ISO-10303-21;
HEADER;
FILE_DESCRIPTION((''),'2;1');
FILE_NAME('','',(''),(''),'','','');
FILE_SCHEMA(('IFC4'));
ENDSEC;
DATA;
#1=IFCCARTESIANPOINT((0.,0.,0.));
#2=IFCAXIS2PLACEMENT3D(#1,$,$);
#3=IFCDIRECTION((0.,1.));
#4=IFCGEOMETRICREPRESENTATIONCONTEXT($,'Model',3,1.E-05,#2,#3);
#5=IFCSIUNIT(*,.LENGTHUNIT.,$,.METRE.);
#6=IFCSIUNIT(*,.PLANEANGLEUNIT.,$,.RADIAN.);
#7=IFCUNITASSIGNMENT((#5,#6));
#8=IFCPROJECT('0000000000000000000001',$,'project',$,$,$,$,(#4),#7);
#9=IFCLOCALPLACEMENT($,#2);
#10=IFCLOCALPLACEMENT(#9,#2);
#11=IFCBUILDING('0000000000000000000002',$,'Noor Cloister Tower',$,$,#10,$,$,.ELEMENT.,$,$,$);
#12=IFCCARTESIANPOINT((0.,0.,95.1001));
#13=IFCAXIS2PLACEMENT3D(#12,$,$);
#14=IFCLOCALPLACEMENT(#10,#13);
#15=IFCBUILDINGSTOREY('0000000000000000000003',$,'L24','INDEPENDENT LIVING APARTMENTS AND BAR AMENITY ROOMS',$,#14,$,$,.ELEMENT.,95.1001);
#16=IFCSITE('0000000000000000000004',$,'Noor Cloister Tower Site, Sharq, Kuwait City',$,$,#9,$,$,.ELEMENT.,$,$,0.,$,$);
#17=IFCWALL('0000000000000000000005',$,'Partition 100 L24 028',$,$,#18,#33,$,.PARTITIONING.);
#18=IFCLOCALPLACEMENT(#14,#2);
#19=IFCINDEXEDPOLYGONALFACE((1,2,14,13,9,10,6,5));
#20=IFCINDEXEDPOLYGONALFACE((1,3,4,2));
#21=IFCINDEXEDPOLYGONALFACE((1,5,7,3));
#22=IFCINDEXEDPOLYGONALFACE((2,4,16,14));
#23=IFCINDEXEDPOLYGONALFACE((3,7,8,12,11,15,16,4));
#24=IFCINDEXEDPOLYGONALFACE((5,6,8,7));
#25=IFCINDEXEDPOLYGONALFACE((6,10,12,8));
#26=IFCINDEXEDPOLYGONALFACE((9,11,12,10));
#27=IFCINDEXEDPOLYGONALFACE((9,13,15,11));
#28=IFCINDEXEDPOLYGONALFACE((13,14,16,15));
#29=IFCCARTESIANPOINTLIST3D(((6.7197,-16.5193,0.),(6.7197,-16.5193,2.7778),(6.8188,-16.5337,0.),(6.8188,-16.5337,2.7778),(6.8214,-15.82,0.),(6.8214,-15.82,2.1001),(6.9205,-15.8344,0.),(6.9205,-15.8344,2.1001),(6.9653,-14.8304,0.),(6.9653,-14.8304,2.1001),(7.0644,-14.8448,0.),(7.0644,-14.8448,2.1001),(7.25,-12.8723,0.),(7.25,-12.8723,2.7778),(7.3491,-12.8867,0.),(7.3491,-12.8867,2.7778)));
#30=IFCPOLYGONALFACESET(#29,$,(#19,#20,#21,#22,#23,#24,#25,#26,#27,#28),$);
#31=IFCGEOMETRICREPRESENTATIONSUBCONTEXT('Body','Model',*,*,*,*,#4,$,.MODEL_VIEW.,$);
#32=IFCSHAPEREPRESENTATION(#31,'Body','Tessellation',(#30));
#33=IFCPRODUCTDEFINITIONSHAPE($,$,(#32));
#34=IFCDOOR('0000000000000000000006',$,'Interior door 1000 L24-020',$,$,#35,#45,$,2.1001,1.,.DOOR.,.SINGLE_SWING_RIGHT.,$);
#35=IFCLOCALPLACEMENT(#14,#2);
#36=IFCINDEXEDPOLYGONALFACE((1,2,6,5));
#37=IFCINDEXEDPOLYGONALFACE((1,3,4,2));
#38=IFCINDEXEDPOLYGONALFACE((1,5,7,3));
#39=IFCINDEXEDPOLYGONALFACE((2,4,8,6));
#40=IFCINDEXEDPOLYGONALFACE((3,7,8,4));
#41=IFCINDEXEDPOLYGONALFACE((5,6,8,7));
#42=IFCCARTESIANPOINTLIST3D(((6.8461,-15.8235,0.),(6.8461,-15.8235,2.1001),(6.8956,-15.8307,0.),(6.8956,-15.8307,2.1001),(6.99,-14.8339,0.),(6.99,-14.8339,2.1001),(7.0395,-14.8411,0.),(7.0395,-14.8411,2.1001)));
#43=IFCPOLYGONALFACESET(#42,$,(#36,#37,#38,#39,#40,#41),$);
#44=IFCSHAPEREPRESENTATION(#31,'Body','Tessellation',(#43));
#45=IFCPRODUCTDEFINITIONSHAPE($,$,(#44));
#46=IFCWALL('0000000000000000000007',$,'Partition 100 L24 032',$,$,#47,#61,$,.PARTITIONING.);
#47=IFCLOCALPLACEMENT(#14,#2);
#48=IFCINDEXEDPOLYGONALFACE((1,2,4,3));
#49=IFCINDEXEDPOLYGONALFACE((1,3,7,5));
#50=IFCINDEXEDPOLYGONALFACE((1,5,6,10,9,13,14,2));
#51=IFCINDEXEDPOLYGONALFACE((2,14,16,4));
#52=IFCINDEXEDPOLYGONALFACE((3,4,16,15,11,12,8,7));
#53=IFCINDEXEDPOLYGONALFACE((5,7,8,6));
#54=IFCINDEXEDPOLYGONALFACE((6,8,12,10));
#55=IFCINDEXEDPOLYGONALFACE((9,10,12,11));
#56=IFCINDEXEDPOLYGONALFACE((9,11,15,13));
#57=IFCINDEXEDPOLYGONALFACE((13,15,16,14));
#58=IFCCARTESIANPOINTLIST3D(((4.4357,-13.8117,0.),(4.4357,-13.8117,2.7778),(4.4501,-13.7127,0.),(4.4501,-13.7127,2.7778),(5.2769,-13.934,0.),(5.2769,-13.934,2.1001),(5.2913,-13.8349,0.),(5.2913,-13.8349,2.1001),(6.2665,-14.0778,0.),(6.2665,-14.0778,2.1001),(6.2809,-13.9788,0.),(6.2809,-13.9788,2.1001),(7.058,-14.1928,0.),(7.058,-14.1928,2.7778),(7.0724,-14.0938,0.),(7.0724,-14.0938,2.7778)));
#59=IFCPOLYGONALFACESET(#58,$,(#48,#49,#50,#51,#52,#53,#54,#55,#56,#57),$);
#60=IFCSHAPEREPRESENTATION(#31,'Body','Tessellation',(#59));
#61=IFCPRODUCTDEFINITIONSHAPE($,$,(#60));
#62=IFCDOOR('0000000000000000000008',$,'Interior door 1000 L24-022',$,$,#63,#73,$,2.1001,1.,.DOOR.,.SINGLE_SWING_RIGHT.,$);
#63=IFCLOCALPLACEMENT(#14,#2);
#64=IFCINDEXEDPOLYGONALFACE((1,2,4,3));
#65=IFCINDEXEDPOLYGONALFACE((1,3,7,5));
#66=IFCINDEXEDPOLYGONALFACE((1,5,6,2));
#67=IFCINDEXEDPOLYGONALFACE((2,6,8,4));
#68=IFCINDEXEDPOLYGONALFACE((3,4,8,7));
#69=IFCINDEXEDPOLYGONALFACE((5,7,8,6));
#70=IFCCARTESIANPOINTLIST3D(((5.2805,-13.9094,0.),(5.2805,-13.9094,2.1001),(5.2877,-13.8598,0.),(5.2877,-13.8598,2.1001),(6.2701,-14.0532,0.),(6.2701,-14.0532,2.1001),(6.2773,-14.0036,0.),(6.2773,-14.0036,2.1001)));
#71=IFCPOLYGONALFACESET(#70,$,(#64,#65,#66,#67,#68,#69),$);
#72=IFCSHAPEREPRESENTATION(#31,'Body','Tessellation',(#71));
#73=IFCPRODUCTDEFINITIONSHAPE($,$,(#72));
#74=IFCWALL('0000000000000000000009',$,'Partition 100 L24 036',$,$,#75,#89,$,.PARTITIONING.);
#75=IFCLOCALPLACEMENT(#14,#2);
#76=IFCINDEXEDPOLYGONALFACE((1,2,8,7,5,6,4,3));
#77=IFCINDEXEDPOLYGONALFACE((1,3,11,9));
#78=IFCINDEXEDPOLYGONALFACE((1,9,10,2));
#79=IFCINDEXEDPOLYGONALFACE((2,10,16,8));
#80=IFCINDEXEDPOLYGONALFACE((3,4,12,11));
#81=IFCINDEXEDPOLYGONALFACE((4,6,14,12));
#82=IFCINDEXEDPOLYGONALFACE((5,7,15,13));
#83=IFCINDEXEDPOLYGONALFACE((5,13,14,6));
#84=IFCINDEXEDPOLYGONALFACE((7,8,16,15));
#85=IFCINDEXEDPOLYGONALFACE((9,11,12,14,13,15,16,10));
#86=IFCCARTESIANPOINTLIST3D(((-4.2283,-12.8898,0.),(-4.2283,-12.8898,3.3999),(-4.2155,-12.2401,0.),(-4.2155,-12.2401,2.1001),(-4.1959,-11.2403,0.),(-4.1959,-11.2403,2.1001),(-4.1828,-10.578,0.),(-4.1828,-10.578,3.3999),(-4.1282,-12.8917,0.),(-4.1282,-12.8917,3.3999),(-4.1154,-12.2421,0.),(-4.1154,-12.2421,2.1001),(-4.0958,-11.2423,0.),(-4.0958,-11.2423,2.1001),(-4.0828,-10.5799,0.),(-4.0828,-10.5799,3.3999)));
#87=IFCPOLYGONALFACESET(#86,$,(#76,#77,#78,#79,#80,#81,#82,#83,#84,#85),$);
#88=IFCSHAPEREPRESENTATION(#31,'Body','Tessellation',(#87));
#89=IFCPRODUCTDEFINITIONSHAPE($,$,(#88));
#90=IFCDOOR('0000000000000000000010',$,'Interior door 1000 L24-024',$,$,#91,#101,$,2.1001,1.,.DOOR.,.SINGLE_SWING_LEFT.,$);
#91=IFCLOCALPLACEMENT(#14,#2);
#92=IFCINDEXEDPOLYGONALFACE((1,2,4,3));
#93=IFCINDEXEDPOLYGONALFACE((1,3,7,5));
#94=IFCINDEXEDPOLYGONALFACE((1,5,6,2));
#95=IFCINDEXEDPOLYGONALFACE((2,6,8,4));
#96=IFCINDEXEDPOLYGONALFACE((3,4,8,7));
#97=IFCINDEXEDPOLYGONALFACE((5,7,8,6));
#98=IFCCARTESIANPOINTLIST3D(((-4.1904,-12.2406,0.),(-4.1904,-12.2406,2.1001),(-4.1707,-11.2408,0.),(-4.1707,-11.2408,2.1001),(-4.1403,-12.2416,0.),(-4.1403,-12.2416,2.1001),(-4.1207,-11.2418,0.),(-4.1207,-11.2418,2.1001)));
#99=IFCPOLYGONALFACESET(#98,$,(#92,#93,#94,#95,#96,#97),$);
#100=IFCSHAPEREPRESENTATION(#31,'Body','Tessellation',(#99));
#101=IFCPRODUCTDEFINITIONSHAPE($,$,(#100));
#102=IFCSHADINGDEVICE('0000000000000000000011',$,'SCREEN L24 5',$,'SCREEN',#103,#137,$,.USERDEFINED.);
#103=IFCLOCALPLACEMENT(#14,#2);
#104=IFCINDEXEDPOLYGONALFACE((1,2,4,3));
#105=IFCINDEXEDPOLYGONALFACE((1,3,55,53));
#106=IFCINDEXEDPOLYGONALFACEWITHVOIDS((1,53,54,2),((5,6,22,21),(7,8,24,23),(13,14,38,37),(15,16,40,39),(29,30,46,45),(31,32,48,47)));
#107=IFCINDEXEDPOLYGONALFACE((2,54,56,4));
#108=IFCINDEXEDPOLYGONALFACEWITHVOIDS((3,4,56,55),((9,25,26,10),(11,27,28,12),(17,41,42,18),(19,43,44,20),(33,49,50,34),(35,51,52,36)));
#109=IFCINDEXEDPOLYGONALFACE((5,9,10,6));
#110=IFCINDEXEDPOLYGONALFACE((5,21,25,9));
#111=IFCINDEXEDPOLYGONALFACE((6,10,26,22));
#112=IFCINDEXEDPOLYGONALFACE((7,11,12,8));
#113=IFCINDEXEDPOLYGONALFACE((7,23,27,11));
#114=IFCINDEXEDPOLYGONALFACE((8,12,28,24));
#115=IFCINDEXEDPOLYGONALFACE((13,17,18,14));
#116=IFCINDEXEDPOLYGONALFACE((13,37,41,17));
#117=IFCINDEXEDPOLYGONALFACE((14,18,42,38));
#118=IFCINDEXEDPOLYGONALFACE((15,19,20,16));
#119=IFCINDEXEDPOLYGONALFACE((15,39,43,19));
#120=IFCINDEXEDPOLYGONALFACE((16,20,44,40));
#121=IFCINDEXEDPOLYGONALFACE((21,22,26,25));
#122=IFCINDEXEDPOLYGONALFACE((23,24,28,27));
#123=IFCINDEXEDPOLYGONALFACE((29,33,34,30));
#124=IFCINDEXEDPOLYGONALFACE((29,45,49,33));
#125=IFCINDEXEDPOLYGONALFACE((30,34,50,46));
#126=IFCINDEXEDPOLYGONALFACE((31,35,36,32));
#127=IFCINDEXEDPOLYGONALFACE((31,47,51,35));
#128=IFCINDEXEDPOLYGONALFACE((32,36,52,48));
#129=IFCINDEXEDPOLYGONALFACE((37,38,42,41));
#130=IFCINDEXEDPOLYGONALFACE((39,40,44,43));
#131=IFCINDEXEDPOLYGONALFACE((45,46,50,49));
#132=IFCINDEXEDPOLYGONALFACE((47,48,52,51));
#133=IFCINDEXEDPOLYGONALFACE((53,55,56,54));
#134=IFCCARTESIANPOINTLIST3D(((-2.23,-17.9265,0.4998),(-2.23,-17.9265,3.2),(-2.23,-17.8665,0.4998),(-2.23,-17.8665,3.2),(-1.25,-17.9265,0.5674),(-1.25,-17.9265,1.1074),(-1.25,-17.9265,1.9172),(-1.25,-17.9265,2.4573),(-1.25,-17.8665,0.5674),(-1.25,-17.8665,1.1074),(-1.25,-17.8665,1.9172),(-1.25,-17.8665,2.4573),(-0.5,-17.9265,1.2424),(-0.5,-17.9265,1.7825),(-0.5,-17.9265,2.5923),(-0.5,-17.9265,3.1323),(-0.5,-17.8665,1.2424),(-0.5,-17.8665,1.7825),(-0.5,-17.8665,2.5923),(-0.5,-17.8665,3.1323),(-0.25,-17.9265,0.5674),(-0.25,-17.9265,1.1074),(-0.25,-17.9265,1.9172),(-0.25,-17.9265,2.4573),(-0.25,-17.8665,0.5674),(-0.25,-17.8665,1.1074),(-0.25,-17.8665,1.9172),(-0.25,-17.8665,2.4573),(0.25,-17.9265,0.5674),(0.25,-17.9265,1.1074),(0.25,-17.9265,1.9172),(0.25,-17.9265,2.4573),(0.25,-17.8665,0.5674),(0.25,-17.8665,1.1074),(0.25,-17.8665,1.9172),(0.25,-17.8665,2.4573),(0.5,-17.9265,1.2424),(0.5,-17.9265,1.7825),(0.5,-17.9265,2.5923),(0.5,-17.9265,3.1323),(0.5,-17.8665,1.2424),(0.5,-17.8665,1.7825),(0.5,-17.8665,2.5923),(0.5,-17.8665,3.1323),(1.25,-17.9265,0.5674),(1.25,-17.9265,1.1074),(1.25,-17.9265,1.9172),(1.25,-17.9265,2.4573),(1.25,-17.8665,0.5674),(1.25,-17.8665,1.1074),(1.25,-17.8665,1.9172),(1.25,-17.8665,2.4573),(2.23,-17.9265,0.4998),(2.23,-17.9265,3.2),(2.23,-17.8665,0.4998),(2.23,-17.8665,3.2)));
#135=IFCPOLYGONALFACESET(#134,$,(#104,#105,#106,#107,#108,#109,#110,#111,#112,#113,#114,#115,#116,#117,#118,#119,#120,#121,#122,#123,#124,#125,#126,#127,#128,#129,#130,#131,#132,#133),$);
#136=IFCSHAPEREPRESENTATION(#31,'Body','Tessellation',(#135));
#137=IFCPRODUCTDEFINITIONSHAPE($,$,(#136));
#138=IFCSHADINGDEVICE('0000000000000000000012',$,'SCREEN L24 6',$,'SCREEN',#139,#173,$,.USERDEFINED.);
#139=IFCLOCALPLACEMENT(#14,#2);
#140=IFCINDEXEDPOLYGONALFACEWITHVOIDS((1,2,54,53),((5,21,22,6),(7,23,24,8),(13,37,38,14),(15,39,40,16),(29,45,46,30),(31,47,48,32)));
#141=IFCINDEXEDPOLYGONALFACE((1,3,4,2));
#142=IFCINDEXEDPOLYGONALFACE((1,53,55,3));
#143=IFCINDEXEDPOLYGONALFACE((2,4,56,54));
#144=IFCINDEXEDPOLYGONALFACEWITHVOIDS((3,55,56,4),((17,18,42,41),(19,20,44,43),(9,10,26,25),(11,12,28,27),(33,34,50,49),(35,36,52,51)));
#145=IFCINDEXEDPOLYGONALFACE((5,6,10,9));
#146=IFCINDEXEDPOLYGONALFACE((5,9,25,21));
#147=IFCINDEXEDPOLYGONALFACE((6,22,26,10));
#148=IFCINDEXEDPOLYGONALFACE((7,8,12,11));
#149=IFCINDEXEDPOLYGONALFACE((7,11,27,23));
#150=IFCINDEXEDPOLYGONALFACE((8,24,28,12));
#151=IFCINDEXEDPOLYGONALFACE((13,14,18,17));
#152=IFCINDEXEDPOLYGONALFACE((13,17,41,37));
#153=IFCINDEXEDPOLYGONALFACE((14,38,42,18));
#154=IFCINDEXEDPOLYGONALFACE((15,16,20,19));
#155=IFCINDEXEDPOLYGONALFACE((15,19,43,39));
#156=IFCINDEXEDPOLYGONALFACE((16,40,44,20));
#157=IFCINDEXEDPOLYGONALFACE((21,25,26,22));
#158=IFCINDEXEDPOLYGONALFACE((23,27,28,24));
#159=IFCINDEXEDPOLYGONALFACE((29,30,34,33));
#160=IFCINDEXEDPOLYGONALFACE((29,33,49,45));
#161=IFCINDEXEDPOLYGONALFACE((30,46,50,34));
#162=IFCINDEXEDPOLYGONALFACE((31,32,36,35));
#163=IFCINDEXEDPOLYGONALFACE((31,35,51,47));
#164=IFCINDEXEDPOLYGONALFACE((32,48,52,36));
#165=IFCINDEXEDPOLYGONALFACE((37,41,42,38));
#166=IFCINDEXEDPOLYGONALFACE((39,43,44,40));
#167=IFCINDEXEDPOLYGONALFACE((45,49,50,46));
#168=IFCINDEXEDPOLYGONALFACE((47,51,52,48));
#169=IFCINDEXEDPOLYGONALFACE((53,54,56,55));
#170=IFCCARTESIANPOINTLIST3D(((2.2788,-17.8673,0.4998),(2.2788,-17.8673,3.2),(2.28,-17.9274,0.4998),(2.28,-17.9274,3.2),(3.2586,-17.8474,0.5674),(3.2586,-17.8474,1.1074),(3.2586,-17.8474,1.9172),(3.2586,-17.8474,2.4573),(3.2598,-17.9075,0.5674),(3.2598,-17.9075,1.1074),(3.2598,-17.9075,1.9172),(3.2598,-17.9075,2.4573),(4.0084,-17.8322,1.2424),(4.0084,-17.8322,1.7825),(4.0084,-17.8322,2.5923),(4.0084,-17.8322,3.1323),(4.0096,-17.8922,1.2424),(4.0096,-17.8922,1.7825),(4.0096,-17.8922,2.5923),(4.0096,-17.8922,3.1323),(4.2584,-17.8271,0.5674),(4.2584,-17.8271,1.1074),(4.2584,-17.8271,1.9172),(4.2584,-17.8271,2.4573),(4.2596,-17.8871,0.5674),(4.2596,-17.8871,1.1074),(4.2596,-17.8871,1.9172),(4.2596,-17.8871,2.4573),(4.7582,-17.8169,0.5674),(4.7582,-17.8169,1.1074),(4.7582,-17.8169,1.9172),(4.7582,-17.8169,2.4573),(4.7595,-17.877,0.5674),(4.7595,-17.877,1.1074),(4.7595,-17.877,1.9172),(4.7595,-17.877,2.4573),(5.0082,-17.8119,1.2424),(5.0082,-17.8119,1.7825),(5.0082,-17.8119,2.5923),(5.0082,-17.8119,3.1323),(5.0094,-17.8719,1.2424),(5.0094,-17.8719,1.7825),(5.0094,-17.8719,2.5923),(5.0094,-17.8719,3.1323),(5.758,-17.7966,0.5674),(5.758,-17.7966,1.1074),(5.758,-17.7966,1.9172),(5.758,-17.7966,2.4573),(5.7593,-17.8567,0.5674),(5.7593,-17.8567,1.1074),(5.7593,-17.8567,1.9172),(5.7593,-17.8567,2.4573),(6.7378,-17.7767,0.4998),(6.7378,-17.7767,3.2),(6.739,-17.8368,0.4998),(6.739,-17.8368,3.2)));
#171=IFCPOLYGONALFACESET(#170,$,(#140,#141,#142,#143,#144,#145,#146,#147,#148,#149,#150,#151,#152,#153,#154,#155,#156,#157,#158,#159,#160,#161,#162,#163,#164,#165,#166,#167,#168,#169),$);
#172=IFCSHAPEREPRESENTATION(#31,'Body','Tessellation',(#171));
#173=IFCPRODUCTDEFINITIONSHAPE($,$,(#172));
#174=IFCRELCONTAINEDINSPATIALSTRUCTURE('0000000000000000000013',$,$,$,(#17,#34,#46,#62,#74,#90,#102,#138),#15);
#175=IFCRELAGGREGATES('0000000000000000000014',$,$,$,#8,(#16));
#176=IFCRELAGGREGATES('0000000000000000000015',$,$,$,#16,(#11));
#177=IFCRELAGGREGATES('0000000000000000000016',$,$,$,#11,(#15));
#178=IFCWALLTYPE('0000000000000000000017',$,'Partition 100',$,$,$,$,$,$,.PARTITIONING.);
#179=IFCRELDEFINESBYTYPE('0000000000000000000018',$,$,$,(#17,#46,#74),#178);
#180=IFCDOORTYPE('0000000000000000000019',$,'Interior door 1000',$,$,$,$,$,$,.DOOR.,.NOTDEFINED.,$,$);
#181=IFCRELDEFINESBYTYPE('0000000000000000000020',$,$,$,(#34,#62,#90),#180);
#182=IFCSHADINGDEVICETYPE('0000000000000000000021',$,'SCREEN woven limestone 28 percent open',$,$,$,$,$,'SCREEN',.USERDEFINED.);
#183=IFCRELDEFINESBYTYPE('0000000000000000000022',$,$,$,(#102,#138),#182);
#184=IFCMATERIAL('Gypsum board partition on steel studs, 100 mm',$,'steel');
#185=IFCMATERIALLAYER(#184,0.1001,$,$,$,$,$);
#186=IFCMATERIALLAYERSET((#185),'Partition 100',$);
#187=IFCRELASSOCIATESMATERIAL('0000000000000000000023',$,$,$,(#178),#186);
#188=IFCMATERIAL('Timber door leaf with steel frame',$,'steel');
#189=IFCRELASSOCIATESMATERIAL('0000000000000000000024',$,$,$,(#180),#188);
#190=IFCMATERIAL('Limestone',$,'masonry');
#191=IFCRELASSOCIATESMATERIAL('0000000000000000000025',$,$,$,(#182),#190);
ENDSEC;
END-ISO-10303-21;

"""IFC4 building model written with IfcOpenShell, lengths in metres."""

from ifc_helpers import new_model, si_unit, direction, frame, frame_2d, origin, place, context, subcontext, project, spatial, polyline, rectangle, outline, extrude, material, layer, layer_set, material_profile, profile_set, type_object, element, fill, save


model = new_model("IFC4")

# Units and contexts
model_context = context("Model", 3, precision=1e-05, world=origin(), true_north=direction((0.0, 1.0)))
body_context = subcontext(model_context, "Body", "Model", "MODEL_VIEW")
ifc_project = project(units=[si_unit("LENGTHUNIT", "METRE"), si_unit("PLANEANGLEUNIT", "RADIAN")], contexts=[model_context])

# Site, building, storey
site_placement = place(None, origin())
site = spatial("IfcSite", under=ifc_project, at=site_placement, Name="Noor Cloister Tower Site, Sharq, Kuwait City", CompositionType="ELEMENT", RefElevation=0.0)
building_placement = place(site_placement, origin())
building = spatial("IfcBuilding", under=site, at=building_placement, Name="Noor Cloister Tower", CompositionType="ELEMENT")
storey_placement = place(building_placement, frame((0.0, 0.0, 95.1001)))
storey = spatial("IfcBuildingStorey", under=building, at=storey_placement, Name="L24", Description="INDEPENDENT LIVING APARTMENTS AND BAR AMENITY ROOMS", CompositionType="ELEMENT", Elevation=95.1001)

# Walls, openings, doors
ifc_material_1 = material(Name="Gypsum board partition on steel studs, 100 mm", Category="steel")
ifc_layer_1 = layer(ifc_material_1, 0.1001)
ifc_layer_set_1 = layer_set([ifc_layer_1], Name="Partition 100")
wall_type_1 = type_object("IfcWallType", Name="Partition 100", PredefinedType="PARTITIONING", material=ifc_layer_set_1)
wall_1_placement = place(storey_placement, frame((7.2996, -12.8794, 0.0), z_axis=(0.0, 0.0, 1.0), x_axis=(-0.143888, -0.989594, 0.0)))
wall_1 = element("IfcWall", 1, at=wall_1_placement, inside=storey, type_object=wall_type_1, Name="Partition 100 L24 028", PredefinedType="PARTITIONING", context=body_context, shape_type="SweptSolid", body=[
    extrude(rectangle(XDim=3.6853, YDim=0.1001, at=frame_2d((1.8428, 0.0))), origin(), (0.0, 0.0, 1.0), 2.7778),
])
opening_1_placement = place(wall_1_placement, frame((1.9788, 0.0, 0.0)))
opening_1 = element("IfcOpeningElement", 2, at=opening_1_placement, cuts=wall_1, PredefinedType="OPENING", context=body_context, shape_type="SweptSolid", body=[
    extrude(rectangle(XDim=1.0, YDim=2.1001, at=frame_2d((0.5, 1.05))), frame((0.0, 0.0601, 0.0), z_axis=(0.0, -1.0, 0.0), x_axis=(1.0, 0.0, 0.0)), (0.0, 0.0, 1.0), 0.1201),
])
ifc_material_2 = material(Name="Timber door leaf with steel frame", Category="steel")
door_type = type_object("IfcDoorType", Name="Interior door 1000", OperationType="NOTDEFINED", PredefinedType="DOOR", material=ifc_material_2)
door_1_placement = place(opening_1_placement, origin())
door_1 = element("IfcDoor", 3, at=door_1_placement, inside=storey, type_object=door_type, Name="Interior door 1000 L24-020", OperationType="SINGLE_SWING_RIGHT", OverallHeight=2.1001, OverallWidth=1.0, PredefinedType="DOOR", context=body_context, shape_type="SweptSolid", body=[
    extrude(rectangle(XDim=1.0, YDim=2.1001, at=frame_2d((0.5, 1.05))), frame((0.0, 0.0249, 0.0), z_axis=(0.0, -1.0, 0.0), x_axis=(1.0, 0.0, 0.0)), (0.0, 0.0, 1.0), 0.05),
])
fill(opening_1, door_1)
wall_2_placement = place(storey_placement, frame((4.4429, -13.7622, 0.0), z_axis=(0.0, 0.0, 1.0), x_axis=(0.989604, -0.14382, 0.0)))
wall_2 = element("IfcWall", 4, at=wall_2_placement, inside=storey, type_object=wall_type_1, Name="Partition 100 L24 032", PredefinedType="PARTITIONING", context=body_context, shape_type="SweptSolid", body=[
    extrude(rectangle(XDim=2.6499, YDim=0.1001, at=frame_2d((1.325, 0.0))), origin(), (0.0, 0.0, 1.0), 2.7778),
])
opening_2_placement = place(wall_2_placement, frame((0.8501, 0.0, 0.0)))
opening_2 = element("IfcOpeningElement", 5, at=opening_2_placement, cuts=wall_2, PredefinedType="OPENING", context=body_context, shape_type="SweptSolid", body=[
    extrude(rectangle(XDim=1.0, YDim=2.1001, at=frame_2d((0.5, 1.05))), frame((0.0, 0.0601, 0.0), z_axis=(0.0, -1.0, 0.0), x_axis=(1.0, 0.0, 0.0)), (0.0, 0.0, 1.0), 0.1201),
])
door_2_placement = place(opening_2_placement, origin())
door_2 = element("IfcDoor", 6, at=door_2_placement, inside=storey, type_object=door_type, Name="Interior door 1000 L24-022", OperationType="SINGLE_SWING_RIGHT", OverallHeight=2.1001, OverallWidth=1.0, PredefinedType="DOOR", context=body_context, shape_type="SweptSolid", body=[
    extrude(rectangle(XDim=1.0, YDim=2.1001, at=frame_2d((0.5, 1.05))), frame((0.0, 0.0249, 0.0), z_axis=(0.0, -1.0, 0.0), x_axis=(1.0, 0.0, 0.0)), (0.0, 0.0, 1.0), 0.05),
])
fill(opening_2, door_2)
wall_3_placement = place(storey_placement, frame((-4.1782, -12.8909, 0.0), z_axis=(0.0, 0.0, 1.0), x_axis=(0.019639, 0.999807, 0.0)))
wall_3 = element("IfcWall", 7, at=wall_3_placement, inside=storey, type_object=wall_type_1, Name="Partition 100 L24 036", PredefinedType="PARTITIONING", context=body_context, shape_type="SweptSolid", body=[
    extrude(rectangle(XDim=2.3123, YDim=0.1001, at=frame_2d((1.1562, 0.0))), origin(), (0.0, 0.0, 1.0), 3.3999),
])
opening_3_placement = place(wall_3_placement, frame((0.6499, 0.0, 0.0)))
opening_3 = element("IfcOpeningElement", 8, at=opening_3_placement, cuts=wall_3, PredefinedType="OPENING", context=body_context, shape_type="SweptSolid", body=[
    extrude(rectangle(XDim=1.0, YDim=2.1001, at=frame_2d((0.5, 1.05))), frame((0.0, 0.0601, 0.0), z_axis=(0.0, -1.0, 0.0), x_axis=(1.0, 0.0, 0.0)), (0.0, 0.0, 1.0), 0.1201),
])
door_3_placement = place(opening_3_placement, origin())
door_3 = element("IfcDoor", 9, at=door_3_placement, inside=storey, type_object=door_type, Name="Interior door 1000 L24-024", OperationType="SINGLE_SWING_LEFT", OverallHeight=2.1001, OverallWidth=1.0, PredefinedType="DOOR", context=body_context, shape_type="SweptSolid", body=[
    extrude(rectangle(XDim=1.0, YDim=2.1001, at=frame_2d((0.5, 1.05))), frame((0.0, 0.0249, 0.0), z_axis=(0.0, -1.0, 0.0), x_axis=(1.0, 0.0, 0.0)), (0.0, 0.0, 1.0), 0.05),
])
fill(opening_3, door_3)

# Shading devices
ifc_material_3 = material(Name="Limestone", Category="masonry")
ifc_material_profile_1 = material_profile(ifc_material_3, outline(polyline([(-2.23, -1.3501), (2.23, -1.3501), (2.23, 1.3501), (-2.23, 1.3501), (-2.23, -1.3501)]), holes=[polyline([(-1.25, -1.2825), (-0.25, -1.2825), (-0.25, -0.7424), (-1.25, -0.7424), (-1.25, -1.2825)]), polyline([(0.25, -1.2825), (1.25, -1.2825), (1.25, -0.7424), (0.25, -0.7424), (0.25, -1.2825)]), polyline([(-0.5, -0.6074), (0.5, -0.6074), (0.5, -0.0674), (-0.5, -0.0674), (-0.5, -0.6074)]), polyline([(-1.25, 0.0674), (-0.25, 0.0674), (-0.25, 0.6074), (-1.25, 0.6074), (-1.25, 0.0674)]), polyline([(0.25, 0.0674), (1.25, 0.0674), (1.25, 0.6074), (0.25, 0.6074), (0.25, 0.0674)]), polyline([(-0.5, 0.7424), (0.5, 0.7424), (0.5, 1.2825), (-0.5, 1.2825), (-0.5, 0.7424)])]), Name="Woven screen 28 percent open")
ifc_profile_set_1 = profile_set([ifc_material_profile_1], Name="Limestone")
shading_device_type = type_object("IfcShadingDeviceType", Name="SCREEN woven limestone 28 percent open", ElementType="SCREEN", PredefinedType="USERDEFINED", material=ifc_profile_set_1)
for number, where, z_axis, x_axis, name in (
    (10, (0.0, -17.8665, 1.8499), (0.0, -1.0, 0.0), (1.0, 0.0, 0.0), "SCREEN L24 5"),
    (11, (4.5083, -17.822, 1.8499), (0.020321, -0.999794, 0.0), (0.999794, 0.020321, 0.0), "SCREEN L24 6"),
):
    element("IfcShadingDevice", number, at=place(storey_placement, frame(where, z_axis=z_axis, x_axis=x_axis)), inside=storey, type_object=shading_device_type, Name=name, ObjectType="SCREEN", PredefinedType="USERDEFINED", context=body_context, shape_type="SweptSolid", body=[
        extrude(outline(polyline([(-2.23, -1.3501), (2.23, -1.3501), (2.23, 1.3501), (-2.23, 1.3501), (-2.23, -1.3501)]), holes=[polyline([(-1.25, -1.2825), (-0.25, -1.2825), (-0.25, -0.7424), (-1.25, -0.7424), (-1.25, -1.2825)]), polyline([(0.25, -1.2825), (1.25, -1.2825), (1.25, -0.7424), (0.25, -0.7424), (0.25, -1.2825)]), polyline([(-0.5, -0.6074), (0.5, -0.6074), (0.5, -0.0674), (-0.5, -0.0674), (-0.5, -0.6074)]), polyline([(-1.25, 0.0674), (-0.25, 0.0674), (-0.25, 0.6074), (-1.25, 0.6074), (-1.25, 0.0674)]), polyline([(0.25, 0.0674), (1.25, 0.0674), (1.25, 0.6074), (0.25, 0.6074), (0.25, 0.0674)]), polyline([(-0.5, 0.7424), (0.5, 0.7424), (0.5, 1.2825), (-0.5, 1.2825), (-0.5, 0.7424)])]), origin(), (0.0, 0.0, 1.0), 0.0601),
    ])

save(model, "model.ifc")
